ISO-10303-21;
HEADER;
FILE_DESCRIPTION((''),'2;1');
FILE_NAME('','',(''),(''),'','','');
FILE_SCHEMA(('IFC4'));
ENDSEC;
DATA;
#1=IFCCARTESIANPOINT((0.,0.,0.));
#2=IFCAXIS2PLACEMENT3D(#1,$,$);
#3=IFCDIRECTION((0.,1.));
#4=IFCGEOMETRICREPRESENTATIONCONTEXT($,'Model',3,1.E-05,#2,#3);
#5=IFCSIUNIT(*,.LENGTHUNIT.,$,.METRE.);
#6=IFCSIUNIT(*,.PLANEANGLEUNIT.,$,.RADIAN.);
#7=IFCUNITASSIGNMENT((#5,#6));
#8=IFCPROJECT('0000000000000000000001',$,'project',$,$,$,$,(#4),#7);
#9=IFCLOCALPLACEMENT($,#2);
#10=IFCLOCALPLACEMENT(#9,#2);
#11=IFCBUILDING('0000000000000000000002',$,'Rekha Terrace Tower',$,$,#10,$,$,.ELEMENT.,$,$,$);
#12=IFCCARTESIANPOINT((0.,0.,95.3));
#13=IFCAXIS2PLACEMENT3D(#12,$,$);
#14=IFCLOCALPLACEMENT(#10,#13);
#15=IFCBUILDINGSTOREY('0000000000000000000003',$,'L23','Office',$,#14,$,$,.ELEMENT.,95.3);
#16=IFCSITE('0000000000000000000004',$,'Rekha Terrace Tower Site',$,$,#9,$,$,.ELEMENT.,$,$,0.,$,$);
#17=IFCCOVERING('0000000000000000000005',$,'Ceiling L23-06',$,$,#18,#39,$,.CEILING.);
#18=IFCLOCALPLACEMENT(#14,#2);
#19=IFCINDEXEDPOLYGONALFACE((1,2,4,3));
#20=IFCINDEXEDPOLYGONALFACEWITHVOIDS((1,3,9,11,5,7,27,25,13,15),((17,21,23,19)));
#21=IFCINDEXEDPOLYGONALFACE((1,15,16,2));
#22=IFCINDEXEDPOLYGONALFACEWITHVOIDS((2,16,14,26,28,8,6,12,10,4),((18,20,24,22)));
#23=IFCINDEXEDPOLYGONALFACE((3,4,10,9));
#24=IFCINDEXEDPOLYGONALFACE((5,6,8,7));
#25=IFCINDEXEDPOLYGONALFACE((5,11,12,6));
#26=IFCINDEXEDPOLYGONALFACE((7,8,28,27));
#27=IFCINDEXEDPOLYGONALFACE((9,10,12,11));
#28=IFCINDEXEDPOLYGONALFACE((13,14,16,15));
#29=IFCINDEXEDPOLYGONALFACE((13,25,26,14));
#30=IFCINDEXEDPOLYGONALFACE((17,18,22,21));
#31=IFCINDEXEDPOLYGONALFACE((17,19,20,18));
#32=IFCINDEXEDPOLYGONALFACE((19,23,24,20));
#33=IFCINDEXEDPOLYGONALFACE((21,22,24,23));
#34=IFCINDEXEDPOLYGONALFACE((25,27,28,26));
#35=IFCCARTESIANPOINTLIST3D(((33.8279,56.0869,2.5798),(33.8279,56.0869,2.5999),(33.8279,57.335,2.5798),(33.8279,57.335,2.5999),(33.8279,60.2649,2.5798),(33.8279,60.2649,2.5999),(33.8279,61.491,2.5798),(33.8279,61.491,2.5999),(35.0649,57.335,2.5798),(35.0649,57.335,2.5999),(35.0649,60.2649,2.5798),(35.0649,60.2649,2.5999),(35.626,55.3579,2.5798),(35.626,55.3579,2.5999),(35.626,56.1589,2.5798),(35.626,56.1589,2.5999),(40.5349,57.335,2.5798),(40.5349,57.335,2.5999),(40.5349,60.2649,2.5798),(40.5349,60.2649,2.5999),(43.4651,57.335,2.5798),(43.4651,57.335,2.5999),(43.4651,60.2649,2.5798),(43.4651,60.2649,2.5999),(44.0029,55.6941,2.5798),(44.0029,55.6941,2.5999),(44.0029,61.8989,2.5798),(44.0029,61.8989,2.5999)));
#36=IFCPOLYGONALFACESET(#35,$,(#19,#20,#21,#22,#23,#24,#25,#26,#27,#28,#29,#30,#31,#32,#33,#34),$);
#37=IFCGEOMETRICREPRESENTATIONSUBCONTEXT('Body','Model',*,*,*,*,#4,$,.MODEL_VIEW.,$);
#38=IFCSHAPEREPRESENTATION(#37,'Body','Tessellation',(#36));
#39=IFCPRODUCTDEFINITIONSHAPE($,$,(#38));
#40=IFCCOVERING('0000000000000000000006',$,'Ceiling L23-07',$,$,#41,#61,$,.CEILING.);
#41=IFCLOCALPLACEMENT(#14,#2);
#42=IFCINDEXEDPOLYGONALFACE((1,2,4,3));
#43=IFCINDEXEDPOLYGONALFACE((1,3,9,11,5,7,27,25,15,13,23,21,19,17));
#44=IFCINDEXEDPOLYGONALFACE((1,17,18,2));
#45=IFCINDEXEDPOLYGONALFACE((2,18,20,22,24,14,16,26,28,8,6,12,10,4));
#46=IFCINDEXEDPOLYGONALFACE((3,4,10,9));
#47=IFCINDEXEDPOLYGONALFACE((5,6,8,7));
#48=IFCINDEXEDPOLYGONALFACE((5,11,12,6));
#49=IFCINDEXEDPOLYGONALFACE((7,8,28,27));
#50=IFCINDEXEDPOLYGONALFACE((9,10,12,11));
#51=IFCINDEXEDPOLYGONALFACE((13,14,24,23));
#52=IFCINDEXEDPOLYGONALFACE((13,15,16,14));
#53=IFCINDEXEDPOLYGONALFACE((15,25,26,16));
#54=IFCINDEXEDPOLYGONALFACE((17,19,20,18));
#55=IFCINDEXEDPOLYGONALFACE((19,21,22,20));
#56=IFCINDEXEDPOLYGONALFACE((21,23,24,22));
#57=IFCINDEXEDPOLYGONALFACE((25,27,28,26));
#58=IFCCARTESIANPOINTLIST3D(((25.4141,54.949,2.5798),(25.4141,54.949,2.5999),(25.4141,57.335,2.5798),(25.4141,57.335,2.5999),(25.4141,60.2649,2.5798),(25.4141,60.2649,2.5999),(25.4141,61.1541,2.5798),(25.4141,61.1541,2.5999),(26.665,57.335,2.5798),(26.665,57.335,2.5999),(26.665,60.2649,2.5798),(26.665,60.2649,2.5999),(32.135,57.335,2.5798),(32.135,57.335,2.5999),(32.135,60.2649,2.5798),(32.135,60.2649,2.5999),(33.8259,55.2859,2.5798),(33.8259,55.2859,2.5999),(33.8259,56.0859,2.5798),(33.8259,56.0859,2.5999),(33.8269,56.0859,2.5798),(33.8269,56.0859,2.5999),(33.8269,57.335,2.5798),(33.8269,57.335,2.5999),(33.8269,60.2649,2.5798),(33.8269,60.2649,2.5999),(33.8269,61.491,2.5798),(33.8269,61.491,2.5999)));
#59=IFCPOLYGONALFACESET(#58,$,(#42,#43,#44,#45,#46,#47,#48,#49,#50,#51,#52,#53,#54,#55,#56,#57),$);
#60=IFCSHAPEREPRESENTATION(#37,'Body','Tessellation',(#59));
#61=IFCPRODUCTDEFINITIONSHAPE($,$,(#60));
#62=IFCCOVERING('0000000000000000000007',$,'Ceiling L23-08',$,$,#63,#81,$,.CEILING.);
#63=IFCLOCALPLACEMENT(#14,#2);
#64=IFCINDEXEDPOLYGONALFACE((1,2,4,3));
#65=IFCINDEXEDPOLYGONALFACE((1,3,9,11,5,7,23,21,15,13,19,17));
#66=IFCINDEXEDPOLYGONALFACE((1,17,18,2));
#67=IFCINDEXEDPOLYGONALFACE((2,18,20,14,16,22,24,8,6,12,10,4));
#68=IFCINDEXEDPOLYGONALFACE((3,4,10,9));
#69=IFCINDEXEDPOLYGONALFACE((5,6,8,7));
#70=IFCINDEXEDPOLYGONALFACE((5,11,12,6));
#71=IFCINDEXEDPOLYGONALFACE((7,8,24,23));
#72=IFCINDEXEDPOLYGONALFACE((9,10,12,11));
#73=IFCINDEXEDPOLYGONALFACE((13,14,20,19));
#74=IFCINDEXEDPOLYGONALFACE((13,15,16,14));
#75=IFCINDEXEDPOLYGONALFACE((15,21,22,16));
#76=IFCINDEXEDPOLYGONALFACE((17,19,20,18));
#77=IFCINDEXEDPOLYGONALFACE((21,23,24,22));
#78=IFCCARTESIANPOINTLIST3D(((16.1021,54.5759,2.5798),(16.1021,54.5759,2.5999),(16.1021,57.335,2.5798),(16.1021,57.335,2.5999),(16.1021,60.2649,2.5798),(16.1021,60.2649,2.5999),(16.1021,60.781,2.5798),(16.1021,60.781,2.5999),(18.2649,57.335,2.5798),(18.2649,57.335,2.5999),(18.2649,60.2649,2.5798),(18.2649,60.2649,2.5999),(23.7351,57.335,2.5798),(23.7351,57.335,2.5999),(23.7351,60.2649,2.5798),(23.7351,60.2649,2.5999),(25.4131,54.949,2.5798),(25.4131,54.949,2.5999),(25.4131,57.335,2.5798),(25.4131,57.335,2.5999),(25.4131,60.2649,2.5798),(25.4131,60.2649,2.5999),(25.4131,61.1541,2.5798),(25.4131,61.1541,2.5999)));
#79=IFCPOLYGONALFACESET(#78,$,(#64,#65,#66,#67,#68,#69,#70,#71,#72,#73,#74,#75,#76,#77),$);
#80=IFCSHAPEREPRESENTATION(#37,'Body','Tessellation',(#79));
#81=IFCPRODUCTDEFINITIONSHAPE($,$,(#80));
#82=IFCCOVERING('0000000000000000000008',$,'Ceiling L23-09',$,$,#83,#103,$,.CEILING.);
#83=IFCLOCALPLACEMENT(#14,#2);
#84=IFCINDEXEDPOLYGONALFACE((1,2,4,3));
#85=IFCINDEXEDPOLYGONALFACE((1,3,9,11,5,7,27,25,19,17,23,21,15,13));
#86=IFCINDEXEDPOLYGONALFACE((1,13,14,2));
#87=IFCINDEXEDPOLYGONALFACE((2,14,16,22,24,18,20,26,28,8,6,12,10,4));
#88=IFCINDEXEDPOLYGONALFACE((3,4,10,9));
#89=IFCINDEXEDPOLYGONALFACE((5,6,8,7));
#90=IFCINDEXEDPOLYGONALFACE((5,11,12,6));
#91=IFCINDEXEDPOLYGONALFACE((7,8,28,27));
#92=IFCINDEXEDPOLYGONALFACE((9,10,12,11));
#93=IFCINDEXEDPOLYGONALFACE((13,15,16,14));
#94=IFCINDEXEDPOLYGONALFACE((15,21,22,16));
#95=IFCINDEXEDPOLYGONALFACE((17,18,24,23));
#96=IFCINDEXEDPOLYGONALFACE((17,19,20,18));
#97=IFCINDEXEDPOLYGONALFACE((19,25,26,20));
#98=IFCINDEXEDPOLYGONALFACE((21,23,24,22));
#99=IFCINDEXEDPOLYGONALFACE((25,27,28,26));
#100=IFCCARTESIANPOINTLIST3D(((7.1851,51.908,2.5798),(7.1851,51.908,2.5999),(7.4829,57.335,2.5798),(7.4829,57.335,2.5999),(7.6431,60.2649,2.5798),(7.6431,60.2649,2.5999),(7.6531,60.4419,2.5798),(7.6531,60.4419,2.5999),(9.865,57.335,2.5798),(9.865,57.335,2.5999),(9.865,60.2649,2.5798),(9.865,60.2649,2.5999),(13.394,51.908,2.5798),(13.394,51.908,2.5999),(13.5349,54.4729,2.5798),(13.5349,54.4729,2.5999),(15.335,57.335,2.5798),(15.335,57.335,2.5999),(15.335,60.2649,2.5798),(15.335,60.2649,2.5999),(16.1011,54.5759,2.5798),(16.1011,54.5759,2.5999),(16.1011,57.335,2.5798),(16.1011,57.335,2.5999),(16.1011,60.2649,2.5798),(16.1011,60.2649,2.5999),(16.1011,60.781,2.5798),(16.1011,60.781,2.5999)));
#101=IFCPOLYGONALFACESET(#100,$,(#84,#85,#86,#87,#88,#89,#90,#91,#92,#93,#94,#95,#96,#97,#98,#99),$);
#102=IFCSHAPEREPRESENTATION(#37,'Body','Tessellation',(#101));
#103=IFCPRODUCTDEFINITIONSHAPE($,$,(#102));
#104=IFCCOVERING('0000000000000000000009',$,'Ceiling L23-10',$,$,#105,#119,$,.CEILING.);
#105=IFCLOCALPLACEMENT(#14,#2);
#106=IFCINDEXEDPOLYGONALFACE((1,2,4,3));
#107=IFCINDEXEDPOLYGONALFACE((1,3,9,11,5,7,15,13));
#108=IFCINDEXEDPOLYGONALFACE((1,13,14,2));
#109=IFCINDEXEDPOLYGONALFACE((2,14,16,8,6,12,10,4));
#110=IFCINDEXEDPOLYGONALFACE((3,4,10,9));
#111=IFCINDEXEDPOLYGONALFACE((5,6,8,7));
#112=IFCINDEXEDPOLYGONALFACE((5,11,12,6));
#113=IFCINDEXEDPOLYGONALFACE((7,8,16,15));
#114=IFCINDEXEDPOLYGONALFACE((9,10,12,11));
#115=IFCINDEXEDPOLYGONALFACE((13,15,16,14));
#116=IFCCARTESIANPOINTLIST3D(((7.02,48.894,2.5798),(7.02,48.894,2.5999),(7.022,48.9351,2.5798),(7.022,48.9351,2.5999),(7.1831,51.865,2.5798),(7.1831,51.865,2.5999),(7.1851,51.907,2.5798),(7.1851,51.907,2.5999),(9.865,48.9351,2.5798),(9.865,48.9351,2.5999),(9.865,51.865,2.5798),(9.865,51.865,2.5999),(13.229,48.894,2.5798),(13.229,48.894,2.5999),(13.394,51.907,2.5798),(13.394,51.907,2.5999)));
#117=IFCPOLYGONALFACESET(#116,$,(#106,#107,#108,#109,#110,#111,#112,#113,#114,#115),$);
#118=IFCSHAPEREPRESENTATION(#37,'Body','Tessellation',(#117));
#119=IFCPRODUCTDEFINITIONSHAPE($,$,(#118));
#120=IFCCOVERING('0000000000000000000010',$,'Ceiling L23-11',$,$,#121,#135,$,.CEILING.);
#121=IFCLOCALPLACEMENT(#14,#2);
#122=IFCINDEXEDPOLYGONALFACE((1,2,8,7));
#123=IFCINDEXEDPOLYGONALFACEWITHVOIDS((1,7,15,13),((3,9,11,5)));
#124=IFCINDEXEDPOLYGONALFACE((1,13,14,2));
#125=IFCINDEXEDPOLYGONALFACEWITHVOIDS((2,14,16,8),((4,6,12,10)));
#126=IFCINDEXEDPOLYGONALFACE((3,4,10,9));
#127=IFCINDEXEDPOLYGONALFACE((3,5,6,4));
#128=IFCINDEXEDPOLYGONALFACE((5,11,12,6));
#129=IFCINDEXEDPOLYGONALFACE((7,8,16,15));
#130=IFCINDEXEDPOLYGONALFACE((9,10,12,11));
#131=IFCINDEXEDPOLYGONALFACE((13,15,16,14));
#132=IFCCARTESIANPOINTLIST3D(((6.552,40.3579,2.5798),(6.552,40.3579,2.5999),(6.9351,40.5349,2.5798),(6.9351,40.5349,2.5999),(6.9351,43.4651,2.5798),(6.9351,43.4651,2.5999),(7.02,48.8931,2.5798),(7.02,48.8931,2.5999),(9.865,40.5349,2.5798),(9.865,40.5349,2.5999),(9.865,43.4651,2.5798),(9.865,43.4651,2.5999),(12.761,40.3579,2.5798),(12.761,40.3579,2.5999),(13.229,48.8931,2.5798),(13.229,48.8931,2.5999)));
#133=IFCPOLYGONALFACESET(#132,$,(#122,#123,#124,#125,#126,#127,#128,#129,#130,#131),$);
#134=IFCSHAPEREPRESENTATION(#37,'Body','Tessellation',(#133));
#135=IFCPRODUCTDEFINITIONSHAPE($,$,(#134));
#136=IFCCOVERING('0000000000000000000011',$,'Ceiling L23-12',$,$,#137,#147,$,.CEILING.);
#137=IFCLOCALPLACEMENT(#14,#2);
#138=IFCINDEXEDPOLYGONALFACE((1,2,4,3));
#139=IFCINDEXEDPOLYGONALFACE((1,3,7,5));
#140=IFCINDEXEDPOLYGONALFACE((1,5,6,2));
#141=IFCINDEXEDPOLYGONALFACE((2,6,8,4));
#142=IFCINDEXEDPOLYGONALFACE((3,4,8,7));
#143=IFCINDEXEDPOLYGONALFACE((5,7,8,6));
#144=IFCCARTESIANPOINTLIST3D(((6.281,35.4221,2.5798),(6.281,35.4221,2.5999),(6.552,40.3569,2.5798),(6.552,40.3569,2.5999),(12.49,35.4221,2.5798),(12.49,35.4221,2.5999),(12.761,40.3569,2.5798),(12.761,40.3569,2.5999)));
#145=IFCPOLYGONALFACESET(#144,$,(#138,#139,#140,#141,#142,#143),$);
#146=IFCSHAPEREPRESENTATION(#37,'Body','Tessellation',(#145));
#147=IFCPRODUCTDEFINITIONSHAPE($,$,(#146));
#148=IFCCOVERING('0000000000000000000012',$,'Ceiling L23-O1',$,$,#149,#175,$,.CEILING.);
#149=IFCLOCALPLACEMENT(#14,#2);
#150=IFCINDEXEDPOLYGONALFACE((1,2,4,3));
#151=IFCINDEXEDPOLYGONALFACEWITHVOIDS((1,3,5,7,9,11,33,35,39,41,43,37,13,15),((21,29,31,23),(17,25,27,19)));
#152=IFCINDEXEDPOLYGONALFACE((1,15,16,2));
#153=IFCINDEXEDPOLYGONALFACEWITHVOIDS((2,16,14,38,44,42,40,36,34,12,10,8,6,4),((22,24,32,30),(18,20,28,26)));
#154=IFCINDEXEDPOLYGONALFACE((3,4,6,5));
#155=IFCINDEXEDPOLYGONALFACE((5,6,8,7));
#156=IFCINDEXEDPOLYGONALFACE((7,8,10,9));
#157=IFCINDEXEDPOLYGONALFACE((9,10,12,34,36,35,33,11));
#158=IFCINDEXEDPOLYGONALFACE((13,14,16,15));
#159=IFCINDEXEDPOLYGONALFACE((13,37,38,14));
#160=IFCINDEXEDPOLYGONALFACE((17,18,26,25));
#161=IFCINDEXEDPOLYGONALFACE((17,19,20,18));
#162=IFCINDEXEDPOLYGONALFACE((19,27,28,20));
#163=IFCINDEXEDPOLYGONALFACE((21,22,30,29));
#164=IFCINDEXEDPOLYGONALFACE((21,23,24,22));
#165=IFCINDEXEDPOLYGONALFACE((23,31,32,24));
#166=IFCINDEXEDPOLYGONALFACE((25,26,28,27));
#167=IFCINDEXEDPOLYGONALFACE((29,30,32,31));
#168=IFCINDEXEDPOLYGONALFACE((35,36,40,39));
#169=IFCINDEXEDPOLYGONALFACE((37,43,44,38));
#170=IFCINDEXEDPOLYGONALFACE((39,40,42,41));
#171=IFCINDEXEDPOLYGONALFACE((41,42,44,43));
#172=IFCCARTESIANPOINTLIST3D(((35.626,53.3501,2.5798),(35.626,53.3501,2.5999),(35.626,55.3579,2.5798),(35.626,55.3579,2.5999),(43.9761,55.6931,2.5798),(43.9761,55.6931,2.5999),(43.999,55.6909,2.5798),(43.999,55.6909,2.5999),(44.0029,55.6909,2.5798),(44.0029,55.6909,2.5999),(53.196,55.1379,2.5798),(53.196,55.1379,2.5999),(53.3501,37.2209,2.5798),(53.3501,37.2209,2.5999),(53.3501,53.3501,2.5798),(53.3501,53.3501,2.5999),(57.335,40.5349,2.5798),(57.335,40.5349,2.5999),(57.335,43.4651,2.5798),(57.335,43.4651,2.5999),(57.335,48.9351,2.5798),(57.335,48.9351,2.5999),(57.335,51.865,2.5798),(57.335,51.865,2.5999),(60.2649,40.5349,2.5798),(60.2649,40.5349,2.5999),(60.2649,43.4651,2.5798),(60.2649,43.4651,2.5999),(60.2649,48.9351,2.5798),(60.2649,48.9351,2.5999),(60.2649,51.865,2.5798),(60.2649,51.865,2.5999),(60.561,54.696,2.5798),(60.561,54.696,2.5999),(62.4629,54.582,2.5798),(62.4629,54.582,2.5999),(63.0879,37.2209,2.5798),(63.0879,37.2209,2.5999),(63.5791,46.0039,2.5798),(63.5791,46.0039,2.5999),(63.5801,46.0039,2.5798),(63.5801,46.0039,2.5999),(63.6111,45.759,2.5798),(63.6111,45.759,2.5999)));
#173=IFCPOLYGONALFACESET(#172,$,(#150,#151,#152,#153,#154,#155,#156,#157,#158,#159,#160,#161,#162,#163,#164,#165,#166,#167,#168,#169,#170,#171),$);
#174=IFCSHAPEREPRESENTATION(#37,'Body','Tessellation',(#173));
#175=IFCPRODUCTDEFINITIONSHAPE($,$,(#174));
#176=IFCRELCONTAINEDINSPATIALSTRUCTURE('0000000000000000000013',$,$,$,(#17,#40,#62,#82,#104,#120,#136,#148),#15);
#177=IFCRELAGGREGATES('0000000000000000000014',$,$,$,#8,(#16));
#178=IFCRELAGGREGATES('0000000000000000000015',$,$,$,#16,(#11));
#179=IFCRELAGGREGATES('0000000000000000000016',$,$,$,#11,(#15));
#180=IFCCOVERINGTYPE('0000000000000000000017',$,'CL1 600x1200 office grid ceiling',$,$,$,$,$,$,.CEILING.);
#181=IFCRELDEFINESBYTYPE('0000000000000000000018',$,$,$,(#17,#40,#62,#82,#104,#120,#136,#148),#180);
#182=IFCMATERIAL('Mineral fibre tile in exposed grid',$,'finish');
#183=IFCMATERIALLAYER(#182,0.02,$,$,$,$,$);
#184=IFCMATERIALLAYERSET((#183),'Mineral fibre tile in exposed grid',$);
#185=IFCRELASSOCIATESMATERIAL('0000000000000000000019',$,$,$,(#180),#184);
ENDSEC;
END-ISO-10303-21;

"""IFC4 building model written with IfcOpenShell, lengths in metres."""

from ifc_helpers import new_model, si_unit, direction, frame, origin, place, context, subcontext, project, spatial, polyline, outline, extrude, material, layer, layer_set, type_object, element, save


model = new_model("IFC4")

# Units and contexts
model_context = context("Model", 3, precision=1e-05, world=origin(), true_north=direction((0.0, 1.0)))
body_context = subcontext(model_context, "Body", "Model", "MODEL_VIEW")
ifc_project = project(units=[si_unit("LENGTHUNIT", "METRE"), si_unit("PLANEANGLEUNIT", "RADIAN")], contexts=[model_context])

# Site, building, storey
site_placement = place(None, origin())
site = spatial("IfcSite", under=ifc_project, at=site_placement, Name="Rekha Terrace Tower Site", CompositionType="ELEMENT", RefElevation=0.0)
building_placement = place(site_placement, origin())
building = spatial("IfcBuilding", under=site, at=building_placement, Name="Rekha Terrace Tower", CompositionType="ELEMENT")
storey_placement = place(building_placement, frame((0.0, 0.0, 95.3)))
storey = spatial("IfcBuildingStorey", under=building, at=storey_placement, Name="L23", Description="Office", CompositionType="ELEMENT", Elevation=95.3)

# Coverings
ifc_material_1 = material(Name="Mineral fibre tile in exposed grid", Category="finish")
ifc_layer_1 = layer(ifc_material_1, 0.02)
ifc_layer_set_1 = layer_set([ifc_layer_1], Name="Mineral fibre tile in exposed grid")
covering_type_1 = type_object("IfcCoveringType", Name="CL1 600x1200 office grid ceiling", PredefinedType="CEILING", material=ifc_layer_set_1)
covering_1_placement = place(storey_placement, frame((0.0, 0.0, 2.5798)))
element("IfcCovering", 1, at=covering_1_placement, inside=storey, type_object=covering_type_1, Name="Ceiling L23-06", PredefinedType="CEILING", context=body_context, shape_type="SweptSolid", body=[
    extrude(outline(polyline([(33.8279, 56.0869), (35.626, 56.1589), (35.626, 55.3579), (44.0029, 55.6941), (44.0029, 61.8989), (33.8279, 61.491), (33.8279, 60.2649), (35.0649, 60.2649), (35.0649, 57.335), (33.8279, 57.335), (33.8279, 56.0869)]), holes=[polyline([(43.4651, 57.335), (40.5349, 57.335), (40.5349, 60.2649), (43.4651, 60.2649), (43.4651, 57.335)])]), origin(), (0.0, 0.0, 1.0), 0.02),
])
covering_2_placement = place(storey_placement, frame((0.0, 0.0, 2.5798)))
element("IfcCovering", 2, at=covering_2_placement, inside=storey, type_object=covering_type_1, Name="Ceiling L23-07", PredefinedType="CEILING", context=body_context, shape_type="SweptSolid", body=[
    extrude(outline(polyline([(25.4141, 57.335), (25.4141, 54.949), (33.8259, 55.2859), (33.8259, 56.0859), (33.8269, 56.0859), (33.8269, 57.335), (32.135, 57.335), (32.135, 60.2649), (33.8269, 60.2649), (33.8269, 61.491), (25.4141, 61.1541), (25.4141, 60.2649), (26.665, 60.2649), (26.665, 57.335), (25.4141, 57.335)])), origin(), (0.0, 0.0, 1.0), 0.02),
])
covering_3_placement = place(storey_placement, frame((0.0, 0.0, 2.5798)))
element("IfcCovering", 3, at=covering_3_placement, inside=storey, type_object=covering_type_1, Name="Ceiling L23-08", PredefinedType="CEILING", context=body_context, shape_type="SweptSolid", body=[
    extrude(outline(polyline([(25.4131, 60.2649), (25.4131, 61.1541), (16.1021, 60.781), (16.1021, 60.2649), (18.2649, 60.2649), (18.2649, 57.335), (16.1021, 57.335), (16.1021, 54.5759), (25.4131, 54.949), (25.4131, 57.335), (23.7351, 57.335), (23.7351, 60.2649), (25.4131, 60.2649)])), origin(), (0.0, 0.0, 1.0), 0.02),
])
covering_4_placement = place(storey_placement, frame((0.0, 0.0, 2.5798)))
element("IfcCovering", 4, at=covering_4_placement, inside=storey, type_object=covering_type_1, Name="Ceiling L23-09", PredefinedType="CEILING", context=body_context, shape_type="SweptSolid", body=[
    extrude(outline(polyline([(7.4829, 57.335), (7.1851, 51.908), (13.394, 51.908), (13.5349, 54.4729), (16.1011, 54.5759), (16.1011, 57.335), (15.335, 57.335), (15.335, 60.2649), (16.1011, 60.2649), (16.1011, 60.781), (7.6531, 60.4419), (7.6431, 60.2649), (9.865, 60.2649), (9.865, 57.335), (7.4829, 57.335)])), origin(), (0.0, 0.0, 1.0), 0.02),
])
covering_5_placement = place(storey_placement, frame((0.0, 0.0, 2.5798)))
element("IfcCovering", 5, at=covering_5_placement, inside=storey, type_object=covering_type_1, Name="Ceiling L23-10", PredefinedType="CEILING", context=body_context, shape_type="SweptSolid", body=[
    extrude(outline(polyline([(9.865, 48.9351), (7.022, 48.9351), (7.02, 48.894), (13.229, 48.894), (13.394, 51.907), (7.1851, 51.907), (7.1831, 51.865), (9.865, 51.865), (9.865, 48.9351)])), origin(), (0.0, 0.0, 1.0), 0.02),
])
covering_6_placement = place(storey_placement, frame((0.0, 0.0, 2.5798)))
element("IfcCovering", 6, at=covering_6_placement, inside=storey, type_object=covering_type_1, Name="Ceiling L23-11", PredefinedType="CEILING", context=body_context, shape_type="SweptSolid", body=[
    extrude(outline(polyline([(13.229, 48.8931), (7.02, 48.8931), (6.552, 40.3579), (12.761, 40.3579), (13.229, 48.8931)]), holes=[polyline([(9.865, 40.5349), (6.9351, 40.5349), (6.9351, 43.4651), (9.865, 43.4651), (9.865, 40.5349)])]), origin(), (0.0, 0.0, 1.0), 0.02),
])
covering_7_placement = place(storey_placement, frame((0.0, 0.0, 2.5798)))
element("IfcCovering", 7, at=covering_7_placement, inside=storey, type_object=covering_type_1, Name="Ceiling L23-12", PredefinedType="CEILING", context=body_context, shape_type="SweptSolid", body=[
    extrude(outline(polyline([(12.761, 40.3569), (6.552, 40.3569), (6.281, 35.4221), (12.49, 35.4221), (12.761, 40.3569)])), origin(), (0.0, 0.0, 1.0), 0.02),
])
covering_8_placement = place(storey_placement, frame((0.0, 0.0, 2.5798)))
element("IfcCovering", 8, at=covering_8_placement, inside=storey, type_object=covering_type_1, Name="Ceiling L23-O1", PredefinedType="CEILING", context=body_context, shape_type="SweptSolid", body=[
    extrude(outline(polyline([(44.0029, 55.6909), (43.999, 55.6909), (43.9761, 55.6931), (35.626, 55.3579), (35.626, 53.3501), (53.3501, 53.3501), (53.3501, 37.2209), (63.0879, 37.2209), (63.6111, 45.759), (63.5801, 46.0039), (63.5791, 46.0039), (62.4629, 54.582), (60.561, 54.696), (53.196, 55.1379), (44.0029, 55.6909)]), holes=[polyline([(60.2649, 40.5349), (57.335, 40.5349), (57.335, 43.4651), (60.2649, 43.4651), (60.2649, 40.5349)]), polyline([(60.2649, 48.9351), (57.335, 48.9351), (57.335, 51.865), (60.2649, 51.865), (60.2649, 48.9351)])]), origin(), (0.0, 0.0, 1.0), 0.02),
])

save(model, "model.ifc")
